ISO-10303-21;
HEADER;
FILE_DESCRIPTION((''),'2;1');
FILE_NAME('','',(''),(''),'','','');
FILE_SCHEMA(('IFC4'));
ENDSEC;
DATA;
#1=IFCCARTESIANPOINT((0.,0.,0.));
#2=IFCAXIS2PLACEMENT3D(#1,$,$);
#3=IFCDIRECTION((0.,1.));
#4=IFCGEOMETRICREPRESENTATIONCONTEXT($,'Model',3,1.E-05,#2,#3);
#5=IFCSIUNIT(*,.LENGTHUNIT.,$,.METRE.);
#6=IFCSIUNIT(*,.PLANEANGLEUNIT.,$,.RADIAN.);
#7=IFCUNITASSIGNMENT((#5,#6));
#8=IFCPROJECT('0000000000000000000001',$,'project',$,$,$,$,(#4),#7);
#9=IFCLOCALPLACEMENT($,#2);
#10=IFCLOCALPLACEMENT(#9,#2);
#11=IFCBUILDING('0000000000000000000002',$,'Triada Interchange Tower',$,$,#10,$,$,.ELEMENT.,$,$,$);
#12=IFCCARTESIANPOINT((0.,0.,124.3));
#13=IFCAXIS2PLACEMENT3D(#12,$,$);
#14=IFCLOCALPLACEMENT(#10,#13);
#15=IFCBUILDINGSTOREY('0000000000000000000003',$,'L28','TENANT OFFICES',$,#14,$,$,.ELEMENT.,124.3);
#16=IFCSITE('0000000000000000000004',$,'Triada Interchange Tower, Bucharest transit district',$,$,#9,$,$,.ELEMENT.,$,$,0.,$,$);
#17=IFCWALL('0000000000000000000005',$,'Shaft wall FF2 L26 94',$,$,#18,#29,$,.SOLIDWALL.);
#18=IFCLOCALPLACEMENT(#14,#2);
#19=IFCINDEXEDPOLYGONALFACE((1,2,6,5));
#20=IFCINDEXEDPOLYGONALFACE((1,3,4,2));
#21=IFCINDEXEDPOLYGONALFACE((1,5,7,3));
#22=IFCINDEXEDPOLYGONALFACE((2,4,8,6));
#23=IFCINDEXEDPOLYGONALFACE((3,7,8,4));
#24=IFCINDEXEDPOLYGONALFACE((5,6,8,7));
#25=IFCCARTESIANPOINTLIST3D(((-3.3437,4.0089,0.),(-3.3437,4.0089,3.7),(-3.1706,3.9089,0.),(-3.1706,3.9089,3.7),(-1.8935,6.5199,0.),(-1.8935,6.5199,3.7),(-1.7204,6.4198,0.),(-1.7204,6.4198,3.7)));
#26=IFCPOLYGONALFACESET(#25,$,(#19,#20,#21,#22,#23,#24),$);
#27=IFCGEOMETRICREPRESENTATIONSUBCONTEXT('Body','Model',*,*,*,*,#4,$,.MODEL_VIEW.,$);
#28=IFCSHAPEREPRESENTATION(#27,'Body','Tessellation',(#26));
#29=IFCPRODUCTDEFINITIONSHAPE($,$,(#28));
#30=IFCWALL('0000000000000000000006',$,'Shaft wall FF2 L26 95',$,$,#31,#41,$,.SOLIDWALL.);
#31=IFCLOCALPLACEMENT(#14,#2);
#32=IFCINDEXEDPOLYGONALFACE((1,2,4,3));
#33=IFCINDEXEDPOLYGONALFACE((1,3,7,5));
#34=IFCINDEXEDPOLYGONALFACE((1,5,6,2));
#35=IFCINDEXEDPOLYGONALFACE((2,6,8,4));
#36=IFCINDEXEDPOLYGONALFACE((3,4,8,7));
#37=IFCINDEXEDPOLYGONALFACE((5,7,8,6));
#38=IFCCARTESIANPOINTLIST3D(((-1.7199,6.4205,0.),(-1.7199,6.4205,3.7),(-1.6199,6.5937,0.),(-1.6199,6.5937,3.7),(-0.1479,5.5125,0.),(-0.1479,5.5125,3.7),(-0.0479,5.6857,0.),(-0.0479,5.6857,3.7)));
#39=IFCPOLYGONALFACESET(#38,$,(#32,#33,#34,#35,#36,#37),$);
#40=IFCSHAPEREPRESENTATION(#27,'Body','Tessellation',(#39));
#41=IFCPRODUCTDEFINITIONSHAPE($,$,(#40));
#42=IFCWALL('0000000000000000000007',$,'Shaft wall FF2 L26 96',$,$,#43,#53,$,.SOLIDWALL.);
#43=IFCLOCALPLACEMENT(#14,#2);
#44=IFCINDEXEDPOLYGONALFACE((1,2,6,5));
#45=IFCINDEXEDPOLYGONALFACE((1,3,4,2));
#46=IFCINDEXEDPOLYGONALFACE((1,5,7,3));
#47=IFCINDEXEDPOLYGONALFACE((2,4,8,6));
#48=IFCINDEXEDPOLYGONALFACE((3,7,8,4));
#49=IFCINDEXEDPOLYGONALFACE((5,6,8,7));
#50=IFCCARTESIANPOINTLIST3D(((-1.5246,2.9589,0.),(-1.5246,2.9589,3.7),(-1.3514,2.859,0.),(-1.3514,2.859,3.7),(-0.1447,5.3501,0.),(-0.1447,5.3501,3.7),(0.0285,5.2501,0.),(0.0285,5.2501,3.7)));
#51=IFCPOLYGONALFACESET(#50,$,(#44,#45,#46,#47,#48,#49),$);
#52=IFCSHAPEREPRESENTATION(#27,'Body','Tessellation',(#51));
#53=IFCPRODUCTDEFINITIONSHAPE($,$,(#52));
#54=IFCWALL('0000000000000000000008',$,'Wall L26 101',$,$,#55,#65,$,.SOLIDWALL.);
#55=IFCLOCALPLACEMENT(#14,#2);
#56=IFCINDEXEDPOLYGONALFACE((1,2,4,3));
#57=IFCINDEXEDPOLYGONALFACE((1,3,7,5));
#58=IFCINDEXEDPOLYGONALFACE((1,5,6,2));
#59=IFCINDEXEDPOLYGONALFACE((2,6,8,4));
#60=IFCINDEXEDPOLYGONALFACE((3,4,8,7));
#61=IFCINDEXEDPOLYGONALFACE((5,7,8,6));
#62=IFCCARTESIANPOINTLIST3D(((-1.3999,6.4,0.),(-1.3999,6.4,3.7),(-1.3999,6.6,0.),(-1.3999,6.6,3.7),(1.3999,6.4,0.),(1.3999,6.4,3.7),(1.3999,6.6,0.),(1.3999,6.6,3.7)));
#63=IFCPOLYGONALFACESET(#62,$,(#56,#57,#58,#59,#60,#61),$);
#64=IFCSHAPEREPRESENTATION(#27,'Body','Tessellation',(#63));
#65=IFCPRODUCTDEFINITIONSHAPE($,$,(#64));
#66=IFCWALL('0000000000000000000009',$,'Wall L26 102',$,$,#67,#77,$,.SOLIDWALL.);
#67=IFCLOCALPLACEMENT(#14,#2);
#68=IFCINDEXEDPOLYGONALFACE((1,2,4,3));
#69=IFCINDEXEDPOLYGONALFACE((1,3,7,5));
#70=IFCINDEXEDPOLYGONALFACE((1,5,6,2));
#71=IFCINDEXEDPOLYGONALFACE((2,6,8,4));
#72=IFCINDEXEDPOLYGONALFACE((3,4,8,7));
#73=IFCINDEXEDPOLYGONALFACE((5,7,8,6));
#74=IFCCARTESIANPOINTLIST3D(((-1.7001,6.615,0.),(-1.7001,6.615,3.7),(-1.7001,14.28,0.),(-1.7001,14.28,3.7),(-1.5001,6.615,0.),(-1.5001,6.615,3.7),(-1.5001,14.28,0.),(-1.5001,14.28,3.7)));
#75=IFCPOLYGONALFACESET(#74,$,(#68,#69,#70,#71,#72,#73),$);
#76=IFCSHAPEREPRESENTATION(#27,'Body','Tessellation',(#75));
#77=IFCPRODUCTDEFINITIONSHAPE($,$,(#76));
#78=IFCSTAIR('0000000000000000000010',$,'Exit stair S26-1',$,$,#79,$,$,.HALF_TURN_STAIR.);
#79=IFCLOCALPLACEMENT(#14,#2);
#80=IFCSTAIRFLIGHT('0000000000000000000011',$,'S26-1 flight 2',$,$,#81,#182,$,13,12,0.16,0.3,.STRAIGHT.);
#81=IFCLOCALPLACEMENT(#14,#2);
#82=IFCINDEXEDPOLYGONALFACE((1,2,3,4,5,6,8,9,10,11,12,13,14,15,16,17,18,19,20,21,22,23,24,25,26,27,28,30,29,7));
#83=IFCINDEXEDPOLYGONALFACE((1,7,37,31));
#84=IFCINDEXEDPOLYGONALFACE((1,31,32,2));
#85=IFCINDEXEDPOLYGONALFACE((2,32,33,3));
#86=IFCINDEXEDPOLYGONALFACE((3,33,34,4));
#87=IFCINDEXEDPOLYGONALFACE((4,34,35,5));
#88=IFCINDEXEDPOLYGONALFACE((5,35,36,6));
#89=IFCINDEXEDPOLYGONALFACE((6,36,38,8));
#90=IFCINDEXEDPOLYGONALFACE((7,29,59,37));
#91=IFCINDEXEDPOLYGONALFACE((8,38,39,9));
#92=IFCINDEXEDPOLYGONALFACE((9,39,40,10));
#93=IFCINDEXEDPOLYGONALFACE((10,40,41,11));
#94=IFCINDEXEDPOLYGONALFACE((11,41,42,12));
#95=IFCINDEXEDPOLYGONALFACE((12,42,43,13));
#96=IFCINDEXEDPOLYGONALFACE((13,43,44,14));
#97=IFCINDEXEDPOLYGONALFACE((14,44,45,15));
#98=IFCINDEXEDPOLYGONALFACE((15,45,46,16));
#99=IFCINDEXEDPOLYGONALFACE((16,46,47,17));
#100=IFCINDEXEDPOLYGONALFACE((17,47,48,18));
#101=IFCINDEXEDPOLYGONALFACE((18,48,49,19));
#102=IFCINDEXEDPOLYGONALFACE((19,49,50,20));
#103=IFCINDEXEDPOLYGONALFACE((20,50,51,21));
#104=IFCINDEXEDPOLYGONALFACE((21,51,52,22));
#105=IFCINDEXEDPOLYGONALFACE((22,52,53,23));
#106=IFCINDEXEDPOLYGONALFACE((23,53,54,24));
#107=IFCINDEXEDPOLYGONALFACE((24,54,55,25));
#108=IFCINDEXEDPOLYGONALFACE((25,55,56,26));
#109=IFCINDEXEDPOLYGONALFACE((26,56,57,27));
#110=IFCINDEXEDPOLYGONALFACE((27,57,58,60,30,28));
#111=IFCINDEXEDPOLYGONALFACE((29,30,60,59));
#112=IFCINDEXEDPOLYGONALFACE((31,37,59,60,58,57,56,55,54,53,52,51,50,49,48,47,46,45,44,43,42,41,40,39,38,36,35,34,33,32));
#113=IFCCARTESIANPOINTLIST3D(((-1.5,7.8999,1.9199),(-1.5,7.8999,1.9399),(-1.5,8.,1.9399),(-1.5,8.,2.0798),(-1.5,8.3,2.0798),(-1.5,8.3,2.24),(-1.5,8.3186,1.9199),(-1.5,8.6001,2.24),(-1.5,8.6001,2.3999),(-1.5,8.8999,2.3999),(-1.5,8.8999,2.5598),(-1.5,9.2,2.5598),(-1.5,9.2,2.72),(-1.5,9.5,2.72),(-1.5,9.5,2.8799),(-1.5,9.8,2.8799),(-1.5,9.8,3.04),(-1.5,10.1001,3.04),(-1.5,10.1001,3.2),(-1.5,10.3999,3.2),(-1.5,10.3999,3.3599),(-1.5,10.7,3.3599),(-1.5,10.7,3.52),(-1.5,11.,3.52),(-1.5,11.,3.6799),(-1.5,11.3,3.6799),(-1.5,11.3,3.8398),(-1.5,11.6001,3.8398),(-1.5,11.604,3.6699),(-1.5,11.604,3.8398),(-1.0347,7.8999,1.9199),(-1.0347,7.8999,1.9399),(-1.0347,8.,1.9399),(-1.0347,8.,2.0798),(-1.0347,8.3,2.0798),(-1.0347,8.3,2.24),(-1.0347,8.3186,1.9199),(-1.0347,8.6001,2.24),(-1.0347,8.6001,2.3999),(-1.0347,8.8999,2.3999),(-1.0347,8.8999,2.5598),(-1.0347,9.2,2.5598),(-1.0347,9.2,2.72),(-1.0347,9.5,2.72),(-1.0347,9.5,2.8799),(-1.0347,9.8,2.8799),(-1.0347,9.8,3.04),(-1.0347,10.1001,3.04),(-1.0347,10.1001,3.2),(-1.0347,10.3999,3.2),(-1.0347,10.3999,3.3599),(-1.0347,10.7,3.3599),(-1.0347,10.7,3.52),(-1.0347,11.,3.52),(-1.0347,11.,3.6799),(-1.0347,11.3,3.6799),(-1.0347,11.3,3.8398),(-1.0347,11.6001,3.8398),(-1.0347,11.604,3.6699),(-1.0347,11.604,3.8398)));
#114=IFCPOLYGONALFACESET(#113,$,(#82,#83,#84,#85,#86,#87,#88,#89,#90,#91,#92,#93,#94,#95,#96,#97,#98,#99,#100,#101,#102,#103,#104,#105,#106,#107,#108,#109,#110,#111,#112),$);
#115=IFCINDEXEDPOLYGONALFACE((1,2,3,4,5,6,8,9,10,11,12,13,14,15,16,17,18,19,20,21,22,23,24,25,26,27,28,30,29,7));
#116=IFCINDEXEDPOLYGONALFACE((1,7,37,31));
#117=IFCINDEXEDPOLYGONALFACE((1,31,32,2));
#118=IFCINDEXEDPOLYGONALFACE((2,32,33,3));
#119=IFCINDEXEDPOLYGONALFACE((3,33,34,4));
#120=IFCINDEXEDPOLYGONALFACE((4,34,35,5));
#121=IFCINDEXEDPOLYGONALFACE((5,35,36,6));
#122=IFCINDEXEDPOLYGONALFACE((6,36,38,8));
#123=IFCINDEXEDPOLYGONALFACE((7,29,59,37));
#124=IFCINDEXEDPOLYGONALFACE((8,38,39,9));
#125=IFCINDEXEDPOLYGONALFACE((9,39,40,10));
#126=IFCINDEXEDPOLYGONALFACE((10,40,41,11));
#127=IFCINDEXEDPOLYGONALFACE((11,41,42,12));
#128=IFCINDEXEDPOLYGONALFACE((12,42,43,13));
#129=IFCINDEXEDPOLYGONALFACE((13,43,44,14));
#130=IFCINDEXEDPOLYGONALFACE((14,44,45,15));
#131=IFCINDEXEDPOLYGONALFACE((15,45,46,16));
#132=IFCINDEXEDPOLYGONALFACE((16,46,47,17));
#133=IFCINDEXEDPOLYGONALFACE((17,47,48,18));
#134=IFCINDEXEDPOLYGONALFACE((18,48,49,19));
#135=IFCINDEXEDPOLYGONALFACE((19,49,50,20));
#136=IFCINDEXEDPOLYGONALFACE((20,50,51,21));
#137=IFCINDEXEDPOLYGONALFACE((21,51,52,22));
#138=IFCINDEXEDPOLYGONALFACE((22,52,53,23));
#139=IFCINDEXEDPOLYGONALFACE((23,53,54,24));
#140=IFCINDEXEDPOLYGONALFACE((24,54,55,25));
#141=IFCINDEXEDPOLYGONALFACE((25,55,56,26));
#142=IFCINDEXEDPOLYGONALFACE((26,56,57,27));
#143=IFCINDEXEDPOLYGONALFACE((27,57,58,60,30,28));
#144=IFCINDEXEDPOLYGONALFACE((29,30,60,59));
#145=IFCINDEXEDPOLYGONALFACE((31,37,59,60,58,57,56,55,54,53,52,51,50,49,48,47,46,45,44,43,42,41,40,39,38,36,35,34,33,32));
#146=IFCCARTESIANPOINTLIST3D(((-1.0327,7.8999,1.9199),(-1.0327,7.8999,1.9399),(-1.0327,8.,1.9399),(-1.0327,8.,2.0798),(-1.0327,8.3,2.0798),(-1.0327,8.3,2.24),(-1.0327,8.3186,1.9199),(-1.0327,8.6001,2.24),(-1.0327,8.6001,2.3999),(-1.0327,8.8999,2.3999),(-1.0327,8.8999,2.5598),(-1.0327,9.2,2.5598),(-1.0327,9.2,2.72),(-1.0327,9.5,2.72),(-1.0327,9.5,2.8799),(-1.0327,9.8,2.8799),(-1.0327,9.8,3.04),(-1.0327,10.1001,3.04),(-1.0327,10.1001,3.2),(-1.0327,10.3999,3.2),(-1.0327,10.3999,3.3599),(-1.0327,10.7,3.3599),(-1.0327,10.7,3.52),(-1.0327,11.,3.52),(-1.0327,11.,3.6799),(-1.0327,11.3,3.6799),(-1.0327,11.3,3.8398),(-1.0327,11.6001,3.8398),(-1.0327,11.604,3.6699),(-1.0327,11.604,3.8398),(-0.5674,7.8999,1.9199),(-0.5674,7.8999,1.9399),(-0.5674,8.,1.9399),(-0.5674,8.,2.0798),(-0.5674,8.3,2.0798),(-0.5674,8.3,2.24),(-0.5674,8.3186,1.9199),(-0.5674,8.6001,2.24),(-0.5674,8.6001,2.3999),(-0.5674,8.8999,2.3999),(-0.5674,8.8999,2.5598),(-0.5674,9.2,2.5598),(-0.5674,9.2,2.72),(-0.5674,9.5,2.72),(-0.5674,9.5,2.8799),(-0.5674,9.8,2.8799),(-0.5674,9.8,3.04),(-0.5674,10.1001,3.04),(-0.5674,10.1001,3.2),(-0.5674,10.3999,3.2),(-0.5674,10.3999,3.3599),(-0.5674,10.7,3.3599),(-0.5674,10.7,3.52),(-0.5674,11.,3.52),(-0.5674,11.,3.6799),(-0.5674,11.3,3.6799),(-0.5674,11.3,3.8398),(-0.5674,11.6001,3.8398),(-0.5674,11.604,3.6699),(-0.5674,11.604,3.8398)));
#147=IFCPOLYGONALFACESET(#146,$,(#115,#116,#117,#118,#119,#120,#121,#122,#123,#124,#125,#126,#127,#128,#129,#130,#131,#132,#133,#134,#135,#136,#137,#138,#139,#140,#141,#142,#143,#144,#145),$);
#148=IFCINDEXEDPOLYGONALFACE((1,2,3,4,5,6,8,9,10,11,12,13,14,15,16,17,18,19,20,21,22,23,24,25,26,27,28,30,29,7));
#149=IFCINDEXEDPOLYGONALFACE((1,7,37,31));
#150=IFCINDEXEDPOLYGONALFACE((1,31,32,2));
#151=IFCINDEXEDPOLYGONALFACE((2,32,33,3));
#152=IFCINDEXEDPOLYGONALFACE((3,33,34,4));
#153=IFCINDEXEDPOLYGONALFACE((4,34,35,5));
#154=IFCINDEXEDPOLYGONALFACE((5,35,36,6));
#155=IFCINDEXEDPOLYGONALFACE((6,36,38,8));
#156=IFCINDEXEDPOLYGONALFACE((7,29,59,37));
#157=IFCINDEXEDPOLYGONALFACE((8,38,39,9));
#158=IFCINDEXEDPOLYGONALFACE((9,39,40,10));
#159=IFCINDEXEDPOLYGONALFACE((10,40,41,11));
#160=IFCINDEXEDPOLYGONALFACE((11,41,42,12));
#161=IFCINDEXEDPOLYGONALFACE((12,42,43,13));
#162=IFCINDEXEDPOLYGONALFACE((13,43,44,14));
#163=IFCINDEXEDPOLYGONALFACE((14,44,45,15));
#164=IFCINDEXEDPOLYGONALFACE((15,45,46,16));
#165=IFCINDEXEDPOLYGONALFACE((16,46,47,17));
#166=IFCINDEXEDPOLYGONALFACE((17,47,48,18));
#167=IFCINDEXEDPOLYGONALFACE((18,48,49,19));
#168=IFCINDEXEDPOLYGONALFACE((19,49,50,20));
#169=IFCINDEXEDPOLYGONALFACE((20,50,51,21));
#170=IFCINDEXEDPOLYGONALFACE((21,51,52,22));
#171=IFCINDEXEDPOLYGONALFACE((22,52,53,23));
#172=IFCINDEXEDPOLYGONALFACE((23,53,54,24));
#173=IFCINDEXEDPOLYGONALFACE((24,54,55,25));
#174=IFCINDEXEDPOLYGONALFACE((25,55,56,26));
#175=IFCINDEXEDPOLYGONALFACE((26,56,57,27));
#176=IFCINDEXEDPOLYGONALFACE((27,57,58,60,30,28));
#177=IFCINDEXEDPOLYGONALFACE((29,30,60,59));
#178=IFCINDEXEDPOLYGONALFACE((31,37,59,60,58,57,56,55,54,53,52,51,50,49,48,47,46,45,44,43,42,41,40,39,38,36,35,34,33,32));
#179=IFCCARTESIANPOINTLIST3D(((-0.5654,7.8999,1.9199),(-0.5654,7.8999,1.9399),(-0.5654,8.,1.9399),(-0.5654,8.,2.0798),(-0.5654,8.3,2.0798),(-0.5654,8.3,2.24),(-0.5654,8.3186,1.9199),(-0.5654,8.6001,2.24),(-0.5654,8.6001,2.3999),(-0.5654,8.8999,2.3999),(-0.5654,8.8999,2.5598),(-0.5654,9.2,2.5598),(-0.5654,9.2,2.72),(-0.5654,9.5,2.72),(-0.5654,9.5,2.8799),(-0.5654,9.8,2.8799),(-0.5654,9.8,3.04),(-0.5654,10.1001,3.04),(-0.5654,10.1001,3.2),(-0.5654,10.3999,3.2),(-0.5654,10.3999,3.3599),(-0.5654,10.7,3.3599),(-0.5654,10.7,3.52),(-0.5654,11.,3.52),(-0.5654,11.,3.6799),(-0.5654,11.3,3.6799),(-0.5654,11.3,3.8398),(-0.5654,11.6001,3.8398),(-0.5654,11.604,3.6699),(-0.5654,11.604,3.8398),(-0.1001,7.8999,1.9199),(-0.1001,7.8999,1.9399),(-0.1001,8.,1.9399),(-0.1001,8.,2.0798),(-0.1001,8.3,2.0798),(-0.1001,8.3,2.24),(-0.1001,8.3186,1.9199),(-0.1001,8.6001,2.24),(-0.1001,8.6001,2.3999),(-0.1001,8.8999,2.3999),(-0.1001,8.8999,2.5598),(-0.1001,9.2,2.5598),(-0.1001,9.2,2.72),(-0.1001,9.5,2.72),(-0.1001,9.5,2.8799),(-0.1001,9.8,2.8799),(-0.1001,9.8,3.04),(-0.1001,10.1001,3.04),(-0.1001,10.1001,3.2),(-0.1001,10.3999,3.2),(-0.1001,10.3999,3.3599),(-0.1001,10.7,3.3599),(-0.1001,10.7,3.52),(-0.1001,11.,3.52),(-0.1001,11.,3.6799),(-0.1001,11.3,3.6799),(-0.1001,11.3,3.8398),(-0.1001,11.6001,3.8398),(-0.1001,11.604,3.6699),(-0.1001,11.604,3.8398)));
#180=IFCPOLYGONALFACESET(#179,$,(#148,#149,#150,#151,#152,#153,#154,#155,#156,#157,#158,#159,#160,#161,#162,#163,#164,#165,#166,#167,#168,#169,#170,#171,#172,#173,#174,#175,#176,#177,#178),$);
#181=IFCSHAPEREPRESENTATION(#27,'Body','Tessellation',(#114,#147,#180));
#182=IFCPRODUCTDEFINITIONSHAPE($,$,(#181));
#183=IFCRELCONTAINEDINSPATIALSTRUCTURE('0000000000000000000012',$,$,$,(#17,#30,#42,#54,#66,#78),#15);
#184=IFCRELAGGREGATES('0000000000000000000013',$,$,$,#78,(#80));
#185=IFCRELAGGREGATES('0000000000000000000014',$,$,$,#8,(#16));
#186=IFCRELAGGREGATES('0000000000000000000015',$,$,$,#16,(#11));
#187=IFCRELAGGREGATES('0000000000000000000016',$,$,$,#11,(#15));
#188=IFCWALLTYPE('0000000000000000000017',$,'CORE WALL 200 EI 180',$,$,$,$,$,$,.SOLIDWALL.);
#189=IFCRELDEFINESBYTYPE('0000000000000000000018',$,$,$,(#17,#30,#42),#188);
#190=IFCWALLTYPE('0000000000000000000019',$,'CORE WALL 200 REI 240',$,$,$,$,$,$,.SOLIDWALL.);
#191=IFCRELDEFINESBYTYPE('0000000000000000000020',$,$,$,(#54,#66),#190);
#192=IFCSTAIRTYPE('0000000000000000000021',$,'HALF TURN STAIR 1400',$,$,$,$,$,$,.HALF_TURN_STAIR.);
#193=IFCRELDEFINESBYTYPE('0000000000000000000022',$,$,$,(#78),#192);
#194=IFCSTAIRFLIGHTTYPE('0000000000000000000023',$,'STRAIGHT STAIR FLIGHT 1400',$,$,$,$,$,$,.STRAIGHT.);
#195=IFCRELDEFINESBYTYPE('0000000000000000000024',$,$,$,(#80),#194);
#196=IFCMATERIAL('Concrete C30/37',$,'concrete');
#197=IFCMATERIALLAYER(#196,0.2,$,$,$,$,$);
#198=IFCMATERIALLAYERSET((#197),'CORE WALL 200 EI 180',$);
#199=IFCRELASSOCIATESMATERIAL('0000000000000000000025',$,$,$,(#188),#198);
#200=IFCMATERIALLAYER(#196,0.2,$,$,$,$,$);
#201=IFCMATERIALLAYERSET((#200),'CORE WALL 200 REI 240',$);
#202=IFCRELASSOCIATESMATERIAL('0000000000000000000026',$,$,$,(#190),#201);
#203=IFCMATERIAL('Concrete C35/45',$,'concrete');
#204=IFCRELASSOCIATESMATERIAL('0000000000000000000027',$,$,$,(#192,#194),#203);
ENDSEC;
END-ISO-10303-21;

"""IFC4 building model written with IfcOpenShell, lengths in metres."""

from ifc_helpers import new_model, si_unit, direction, frame, frame_2d, origin, place, context, subcontext, project, spatial, polyline, rectangle, outline, extrude, material, layer, layer_set, type_object, element, aggregate, save


model = new_model("IFC4")

# Units and contexts
model_context = context("Model", 3, precision=1e-05, world=origin(), true_north=direction((0.0, 1.0)))
body_context = subcontext(model_context, "Body", "Model", "MODEL_VIEW")
ifc_project = project(units=[si_unit("LENGTHUNIT", "METRE"), si_unit("PLANEANGLEUNIT", "RADIAN")], contexts=[model_context])

# Site, building, storey
site_placement = place(None, origin())
site = spatial("IfcSite", under=ifc_project, at=site_placement, Name="Triada Interchange Tower, Bucharest transit district", CompositionType="ELEMENT", RefElevation=0.0)
building_placement = place(site_placement, origin())
building = spatial("IfcBuilding", under=site, at=building_placement, Name="Triada Interchange Tower", CompositionType="ELEMENT")
storey_placement = place(building_placement, frame((0.0, 0.0, 124.3)))
storey = spatial("IfcBuildingStorey", under=building, at=storey_placement, Name="L28", Description="TENANT OFFICES", CompositionType="ELEMENT", Elevation=124.3)

# Shared definitions
ifc_material_1 = material(Name="Concrete C30/37", Category="concrete")
ifc_layer_1 = layer(ifc_material_1, 0.2)
ifc_layer_set_1 = layer_set([ifc_layer_1], Name="CORE WALL 200 EI 180")
wall_type_1 = type_object("IfcWallType", Name="CORE WALL 200 EI 180", PredefinedType="SOLIDWALL", material=ifc_layer_set_1)

# Walls
wall_1_placement = place(storey_placement, frame((-3.2571, 3.959, 0.0), z_axis=(0.0, 0.0, 1.0), x_axis=(0.500123, 0.865954, 0.0)))
element("IfcWall", 1, at=wall_1_placement, inside=storey, type_object=wall_type_1, Name="Shaft wall FF2 L26 94", PredefinedType="SOLIDWALL", context=body_context, shape_type="SweptSolid", body=[
    extrude(rectangle(XDim=2.8997, YDim=0.2, at=frame_2d((1.4497, 0.0))), origin(), (0.0, 0.0, 1.0), 3.7),
])
wall_2_placement = place(storey_placement, frame((-1.6699, 6.5071, 0.0), z_axis=(0.0, 0.0, 1.0), x_axis=(0.865941, -0.500145, 0.0)))
element("IfcWall", 2, at=wall_2_placement, inside=storey, type_object=wall_type_1, Name="Shaft wall FF2 L26 95", PredefinedType="SOLIDWALL", context=body_context, shape_type="SweptSolid", body=[
    extrude(rectangle(XDim=1.8154, YDim=0.2, at=frame_2d((0.9077, 0.0))), origin(), (0.0, 0.0, 1.0), 3.7),
])
wall_3_placement = place(storey_placement, frame((-1.438, 2.9089, 0.0), z_axis=(0.0, 0.0, 1.0), x_axis=(0.49983, 0.866124, 0.0)))
element("IfcWall", 3, at=wall_3_placement, inside=storey, type_object=wall_type_1, Name="Shaft wall FF2 L26 96", PredefinedType="SOLIDWALL", context=body_context, shape_type="SweptSolid", body=[
    extrude(rectangle(XDim=2.7607, YDim=0.2, at=frame_2d((1.3804, 0.0))), origin(), (0.0, 0.0, 1.0), 3.7),
])
ifc_layer_2 = layer(ifc_material_1, 0.2)
ifc_layer_set_2 = layer_set([ifc_layer_2], Name="CORE WALL 200 REI 240")
wall_type_2 = type_object("IfcWallType", Name="CORE WALL 200 REI 240", PredefinedType="SOLIDWALL", material=ifc_layer_set_2)
wall_4_placement = place(storey_placement, frame((-1.3999, 6.5, 0.0), z_axis=(0.0, 0.0, 1.0), x_axis=(1.0, 0.0, 0.0)))
element("IfcWall", 4, at=wall_4_placement, inside=storey, type_object=wall_type_2, Name="Wall L26 101", PredefinedType="SOLIDWALL", context=body_context, shape_type="SweptSolid", body=[
    extrude(rectangle(XDim=2.7998, YDim=0.2, at=frame_2d((1.3999, 0.0))), origin(), (0.0, 0.0, 1.0), 3.7),
])
wall_5_placement = place(storey_placement, frame((-1.6001, 6.615, 0.0), z_axis=(0.0, 0.0, 1.0), x_axis=(0.0, 1.0, 0.0)))
element("IfcWall", 5, at=wall_5_placement, inside=storey, type_object=wall_type_2, Name="Wall L26 102", PredefinedType="SOLIDWALL", context=body_context, shape_type="SweptSolid", body=[
    extrude(rectangle(XDim=7.665, YDim=0.2, at=frame_2d((3.8325, 0.0))), origin(), (0.0, 0.0, 1.0), 3.7),
])

# Stair, stair flight
ifc_material_2 = material(Name="Concrete C35/45", Category="concrete")
stair_type = type_object("IfcStairType", Name="HALF TURN STAIR 1400", PredefinedType="HALF_TURN_STAIR", material=ifc_material_2)
stair_placement = place(storey_placement, origin())
stair = element("IfcStair", 6, at=stair_placement, inside=storey, type_object=stair_type, Name="Exit stair S26-1", PredefinedType="HALF_TURN_STAIR")
stair_flight_type = type_object("IfcStairFlightType", Name="STRAIGHT STAIR FLIGHT 1400", PredefinedType="STRAIGHT", material=ifc_material_2)
stair_flight_placement = place(storey_placement, frame((-0.8, 8.0, 1.9199), z_axis=(0.0, 0.0, 1.0), x_axis=(0.0, 1.0, 0.0)))
stair_flight = element("IfcStairFlight", 7, at=stair_flight_placement, type_object=stair_flight_type, Name="S26-1 flight 2", NumberOfRisers=13, NumberOfTreads=12, PredefinedType="STRAIGHT", RiserHeight=0.16, TreadLength=0.3, context=body_context, shape_type="SweptSolid", body=[
    extrude(outline(polyline([(-0.1001, 0.0), (-0.1001, 0.02), (0.0, 0.02), (0.0, 0.1599), (0.3, 0.1599), (0.3, 0.3201), (0.6001, 0.3201), (0.6001, 0.48), (0.8999, 0.48), (0.8999, 0.6399), (1.2, 0.6399), (1.2, 0.8), (1.5, 0.8), (1.5, 0.96), (1.8, 0.96), (1.8, 1.1201), (2.1001, 1.1201), (2.1001, 1.28), (2.3999, 1.28), (2.3999, 1.4399), (2.7, 1.4399), (2.7, 1.6001), (3.0, 1.6001), (3.0, 1.76), (3.3, 1.76), (3.3, 1.9199), (3.6001, 1.9199), (3.604, 1.9199), (3.604, 2.0801), (3.604, 1.75), (0.3186, 0.0), (-0.1001, 0.0)])), frame((0.0, 0.7, 0.0), z_axis=(0.0, -1.0, 0.0), x_axis=(1.0, 0.0, 0.0)), (0.0, 0.0, 1.0), 0.4653),
    extrude(outline(polyline([(-0.1001, 0.0), (-0.1001, 0.02), (0.0, 0.02), (0.0, 0.1599), (0.3, 0.1599), (0.3, 0.3201), (0.6001, 0.3201), (0.6001, 0.48), (0.8999, 0.48), (0.8999, 0.6399), (1.2, 0.6399), (1.2, 0.8), (1.5, 0.8), (1.5, 0.96), (1.8, 0.96), (1.8, 1.1201), (2.1001, 1.1201), (2.1001, 1.28), (2.3999, 1.28), (2.3999, 1.4399), (2.7, 1.4399), (2.7, 1.6001), (3.0, 1.6001), (3.0, 1.76), (3.3, 1.76), (3.3, 1.9199), (3.6001, 1.9199), (3.604, 1.9199), (3.604, 2.0801), (3.604, 1.75), (0.3186, 0.0), (-0.1001, 0.0)])), frame((0.0, 0.2327, 0.0), z_axis=(0.0, -1.0, 0.0), x_axis=(1.0, 0.0, 0.0)), (0.0, 0.0, 1.0), 0.4653),
    extrude(outline(polyline([(-0.1001, 0.0), (-0.1001, 0.02), (0.0, 0.02), (0.0, 0.1599), (0.3, 0.1599), (0.3, 0.3201), (0.6001, 0.3201), (0.6001, 0.48), (0.8999, 0.48), (0.8999, 0.6399), (1.2, 0.6399), (1.2, 0.8), (1.5, 0.8), (1.5, 0.96), (1.8, 0.96), (1.8, 1.1201), (2.1001, 1.1201), (2.1001, 1.28), (2.3999, 1.28), (2.3999, 1.4399), (2.7, 1.4399), (2.7, 1.6001), (3.0, 1.6001), (3.0, 1.76), (3.3, 1.76), (3.3, 1.9199), (3.6001, 1.9199), (3.604, 1.9199), (3.604, 2.0801), (3.604, 1.75), (0.3186, 0.0), (-0.1001, 0.0)])), frame((0.0, -0.2346, 0.0), z_axis=(0.0, -1.0, 0.0), x_axis=(1.0, 0.0, 0.0)), (0.0, 0.0, 1.0), 0.4653),
])
aggregate(stair, [stair_flight])

save(model, "model.ifc")
